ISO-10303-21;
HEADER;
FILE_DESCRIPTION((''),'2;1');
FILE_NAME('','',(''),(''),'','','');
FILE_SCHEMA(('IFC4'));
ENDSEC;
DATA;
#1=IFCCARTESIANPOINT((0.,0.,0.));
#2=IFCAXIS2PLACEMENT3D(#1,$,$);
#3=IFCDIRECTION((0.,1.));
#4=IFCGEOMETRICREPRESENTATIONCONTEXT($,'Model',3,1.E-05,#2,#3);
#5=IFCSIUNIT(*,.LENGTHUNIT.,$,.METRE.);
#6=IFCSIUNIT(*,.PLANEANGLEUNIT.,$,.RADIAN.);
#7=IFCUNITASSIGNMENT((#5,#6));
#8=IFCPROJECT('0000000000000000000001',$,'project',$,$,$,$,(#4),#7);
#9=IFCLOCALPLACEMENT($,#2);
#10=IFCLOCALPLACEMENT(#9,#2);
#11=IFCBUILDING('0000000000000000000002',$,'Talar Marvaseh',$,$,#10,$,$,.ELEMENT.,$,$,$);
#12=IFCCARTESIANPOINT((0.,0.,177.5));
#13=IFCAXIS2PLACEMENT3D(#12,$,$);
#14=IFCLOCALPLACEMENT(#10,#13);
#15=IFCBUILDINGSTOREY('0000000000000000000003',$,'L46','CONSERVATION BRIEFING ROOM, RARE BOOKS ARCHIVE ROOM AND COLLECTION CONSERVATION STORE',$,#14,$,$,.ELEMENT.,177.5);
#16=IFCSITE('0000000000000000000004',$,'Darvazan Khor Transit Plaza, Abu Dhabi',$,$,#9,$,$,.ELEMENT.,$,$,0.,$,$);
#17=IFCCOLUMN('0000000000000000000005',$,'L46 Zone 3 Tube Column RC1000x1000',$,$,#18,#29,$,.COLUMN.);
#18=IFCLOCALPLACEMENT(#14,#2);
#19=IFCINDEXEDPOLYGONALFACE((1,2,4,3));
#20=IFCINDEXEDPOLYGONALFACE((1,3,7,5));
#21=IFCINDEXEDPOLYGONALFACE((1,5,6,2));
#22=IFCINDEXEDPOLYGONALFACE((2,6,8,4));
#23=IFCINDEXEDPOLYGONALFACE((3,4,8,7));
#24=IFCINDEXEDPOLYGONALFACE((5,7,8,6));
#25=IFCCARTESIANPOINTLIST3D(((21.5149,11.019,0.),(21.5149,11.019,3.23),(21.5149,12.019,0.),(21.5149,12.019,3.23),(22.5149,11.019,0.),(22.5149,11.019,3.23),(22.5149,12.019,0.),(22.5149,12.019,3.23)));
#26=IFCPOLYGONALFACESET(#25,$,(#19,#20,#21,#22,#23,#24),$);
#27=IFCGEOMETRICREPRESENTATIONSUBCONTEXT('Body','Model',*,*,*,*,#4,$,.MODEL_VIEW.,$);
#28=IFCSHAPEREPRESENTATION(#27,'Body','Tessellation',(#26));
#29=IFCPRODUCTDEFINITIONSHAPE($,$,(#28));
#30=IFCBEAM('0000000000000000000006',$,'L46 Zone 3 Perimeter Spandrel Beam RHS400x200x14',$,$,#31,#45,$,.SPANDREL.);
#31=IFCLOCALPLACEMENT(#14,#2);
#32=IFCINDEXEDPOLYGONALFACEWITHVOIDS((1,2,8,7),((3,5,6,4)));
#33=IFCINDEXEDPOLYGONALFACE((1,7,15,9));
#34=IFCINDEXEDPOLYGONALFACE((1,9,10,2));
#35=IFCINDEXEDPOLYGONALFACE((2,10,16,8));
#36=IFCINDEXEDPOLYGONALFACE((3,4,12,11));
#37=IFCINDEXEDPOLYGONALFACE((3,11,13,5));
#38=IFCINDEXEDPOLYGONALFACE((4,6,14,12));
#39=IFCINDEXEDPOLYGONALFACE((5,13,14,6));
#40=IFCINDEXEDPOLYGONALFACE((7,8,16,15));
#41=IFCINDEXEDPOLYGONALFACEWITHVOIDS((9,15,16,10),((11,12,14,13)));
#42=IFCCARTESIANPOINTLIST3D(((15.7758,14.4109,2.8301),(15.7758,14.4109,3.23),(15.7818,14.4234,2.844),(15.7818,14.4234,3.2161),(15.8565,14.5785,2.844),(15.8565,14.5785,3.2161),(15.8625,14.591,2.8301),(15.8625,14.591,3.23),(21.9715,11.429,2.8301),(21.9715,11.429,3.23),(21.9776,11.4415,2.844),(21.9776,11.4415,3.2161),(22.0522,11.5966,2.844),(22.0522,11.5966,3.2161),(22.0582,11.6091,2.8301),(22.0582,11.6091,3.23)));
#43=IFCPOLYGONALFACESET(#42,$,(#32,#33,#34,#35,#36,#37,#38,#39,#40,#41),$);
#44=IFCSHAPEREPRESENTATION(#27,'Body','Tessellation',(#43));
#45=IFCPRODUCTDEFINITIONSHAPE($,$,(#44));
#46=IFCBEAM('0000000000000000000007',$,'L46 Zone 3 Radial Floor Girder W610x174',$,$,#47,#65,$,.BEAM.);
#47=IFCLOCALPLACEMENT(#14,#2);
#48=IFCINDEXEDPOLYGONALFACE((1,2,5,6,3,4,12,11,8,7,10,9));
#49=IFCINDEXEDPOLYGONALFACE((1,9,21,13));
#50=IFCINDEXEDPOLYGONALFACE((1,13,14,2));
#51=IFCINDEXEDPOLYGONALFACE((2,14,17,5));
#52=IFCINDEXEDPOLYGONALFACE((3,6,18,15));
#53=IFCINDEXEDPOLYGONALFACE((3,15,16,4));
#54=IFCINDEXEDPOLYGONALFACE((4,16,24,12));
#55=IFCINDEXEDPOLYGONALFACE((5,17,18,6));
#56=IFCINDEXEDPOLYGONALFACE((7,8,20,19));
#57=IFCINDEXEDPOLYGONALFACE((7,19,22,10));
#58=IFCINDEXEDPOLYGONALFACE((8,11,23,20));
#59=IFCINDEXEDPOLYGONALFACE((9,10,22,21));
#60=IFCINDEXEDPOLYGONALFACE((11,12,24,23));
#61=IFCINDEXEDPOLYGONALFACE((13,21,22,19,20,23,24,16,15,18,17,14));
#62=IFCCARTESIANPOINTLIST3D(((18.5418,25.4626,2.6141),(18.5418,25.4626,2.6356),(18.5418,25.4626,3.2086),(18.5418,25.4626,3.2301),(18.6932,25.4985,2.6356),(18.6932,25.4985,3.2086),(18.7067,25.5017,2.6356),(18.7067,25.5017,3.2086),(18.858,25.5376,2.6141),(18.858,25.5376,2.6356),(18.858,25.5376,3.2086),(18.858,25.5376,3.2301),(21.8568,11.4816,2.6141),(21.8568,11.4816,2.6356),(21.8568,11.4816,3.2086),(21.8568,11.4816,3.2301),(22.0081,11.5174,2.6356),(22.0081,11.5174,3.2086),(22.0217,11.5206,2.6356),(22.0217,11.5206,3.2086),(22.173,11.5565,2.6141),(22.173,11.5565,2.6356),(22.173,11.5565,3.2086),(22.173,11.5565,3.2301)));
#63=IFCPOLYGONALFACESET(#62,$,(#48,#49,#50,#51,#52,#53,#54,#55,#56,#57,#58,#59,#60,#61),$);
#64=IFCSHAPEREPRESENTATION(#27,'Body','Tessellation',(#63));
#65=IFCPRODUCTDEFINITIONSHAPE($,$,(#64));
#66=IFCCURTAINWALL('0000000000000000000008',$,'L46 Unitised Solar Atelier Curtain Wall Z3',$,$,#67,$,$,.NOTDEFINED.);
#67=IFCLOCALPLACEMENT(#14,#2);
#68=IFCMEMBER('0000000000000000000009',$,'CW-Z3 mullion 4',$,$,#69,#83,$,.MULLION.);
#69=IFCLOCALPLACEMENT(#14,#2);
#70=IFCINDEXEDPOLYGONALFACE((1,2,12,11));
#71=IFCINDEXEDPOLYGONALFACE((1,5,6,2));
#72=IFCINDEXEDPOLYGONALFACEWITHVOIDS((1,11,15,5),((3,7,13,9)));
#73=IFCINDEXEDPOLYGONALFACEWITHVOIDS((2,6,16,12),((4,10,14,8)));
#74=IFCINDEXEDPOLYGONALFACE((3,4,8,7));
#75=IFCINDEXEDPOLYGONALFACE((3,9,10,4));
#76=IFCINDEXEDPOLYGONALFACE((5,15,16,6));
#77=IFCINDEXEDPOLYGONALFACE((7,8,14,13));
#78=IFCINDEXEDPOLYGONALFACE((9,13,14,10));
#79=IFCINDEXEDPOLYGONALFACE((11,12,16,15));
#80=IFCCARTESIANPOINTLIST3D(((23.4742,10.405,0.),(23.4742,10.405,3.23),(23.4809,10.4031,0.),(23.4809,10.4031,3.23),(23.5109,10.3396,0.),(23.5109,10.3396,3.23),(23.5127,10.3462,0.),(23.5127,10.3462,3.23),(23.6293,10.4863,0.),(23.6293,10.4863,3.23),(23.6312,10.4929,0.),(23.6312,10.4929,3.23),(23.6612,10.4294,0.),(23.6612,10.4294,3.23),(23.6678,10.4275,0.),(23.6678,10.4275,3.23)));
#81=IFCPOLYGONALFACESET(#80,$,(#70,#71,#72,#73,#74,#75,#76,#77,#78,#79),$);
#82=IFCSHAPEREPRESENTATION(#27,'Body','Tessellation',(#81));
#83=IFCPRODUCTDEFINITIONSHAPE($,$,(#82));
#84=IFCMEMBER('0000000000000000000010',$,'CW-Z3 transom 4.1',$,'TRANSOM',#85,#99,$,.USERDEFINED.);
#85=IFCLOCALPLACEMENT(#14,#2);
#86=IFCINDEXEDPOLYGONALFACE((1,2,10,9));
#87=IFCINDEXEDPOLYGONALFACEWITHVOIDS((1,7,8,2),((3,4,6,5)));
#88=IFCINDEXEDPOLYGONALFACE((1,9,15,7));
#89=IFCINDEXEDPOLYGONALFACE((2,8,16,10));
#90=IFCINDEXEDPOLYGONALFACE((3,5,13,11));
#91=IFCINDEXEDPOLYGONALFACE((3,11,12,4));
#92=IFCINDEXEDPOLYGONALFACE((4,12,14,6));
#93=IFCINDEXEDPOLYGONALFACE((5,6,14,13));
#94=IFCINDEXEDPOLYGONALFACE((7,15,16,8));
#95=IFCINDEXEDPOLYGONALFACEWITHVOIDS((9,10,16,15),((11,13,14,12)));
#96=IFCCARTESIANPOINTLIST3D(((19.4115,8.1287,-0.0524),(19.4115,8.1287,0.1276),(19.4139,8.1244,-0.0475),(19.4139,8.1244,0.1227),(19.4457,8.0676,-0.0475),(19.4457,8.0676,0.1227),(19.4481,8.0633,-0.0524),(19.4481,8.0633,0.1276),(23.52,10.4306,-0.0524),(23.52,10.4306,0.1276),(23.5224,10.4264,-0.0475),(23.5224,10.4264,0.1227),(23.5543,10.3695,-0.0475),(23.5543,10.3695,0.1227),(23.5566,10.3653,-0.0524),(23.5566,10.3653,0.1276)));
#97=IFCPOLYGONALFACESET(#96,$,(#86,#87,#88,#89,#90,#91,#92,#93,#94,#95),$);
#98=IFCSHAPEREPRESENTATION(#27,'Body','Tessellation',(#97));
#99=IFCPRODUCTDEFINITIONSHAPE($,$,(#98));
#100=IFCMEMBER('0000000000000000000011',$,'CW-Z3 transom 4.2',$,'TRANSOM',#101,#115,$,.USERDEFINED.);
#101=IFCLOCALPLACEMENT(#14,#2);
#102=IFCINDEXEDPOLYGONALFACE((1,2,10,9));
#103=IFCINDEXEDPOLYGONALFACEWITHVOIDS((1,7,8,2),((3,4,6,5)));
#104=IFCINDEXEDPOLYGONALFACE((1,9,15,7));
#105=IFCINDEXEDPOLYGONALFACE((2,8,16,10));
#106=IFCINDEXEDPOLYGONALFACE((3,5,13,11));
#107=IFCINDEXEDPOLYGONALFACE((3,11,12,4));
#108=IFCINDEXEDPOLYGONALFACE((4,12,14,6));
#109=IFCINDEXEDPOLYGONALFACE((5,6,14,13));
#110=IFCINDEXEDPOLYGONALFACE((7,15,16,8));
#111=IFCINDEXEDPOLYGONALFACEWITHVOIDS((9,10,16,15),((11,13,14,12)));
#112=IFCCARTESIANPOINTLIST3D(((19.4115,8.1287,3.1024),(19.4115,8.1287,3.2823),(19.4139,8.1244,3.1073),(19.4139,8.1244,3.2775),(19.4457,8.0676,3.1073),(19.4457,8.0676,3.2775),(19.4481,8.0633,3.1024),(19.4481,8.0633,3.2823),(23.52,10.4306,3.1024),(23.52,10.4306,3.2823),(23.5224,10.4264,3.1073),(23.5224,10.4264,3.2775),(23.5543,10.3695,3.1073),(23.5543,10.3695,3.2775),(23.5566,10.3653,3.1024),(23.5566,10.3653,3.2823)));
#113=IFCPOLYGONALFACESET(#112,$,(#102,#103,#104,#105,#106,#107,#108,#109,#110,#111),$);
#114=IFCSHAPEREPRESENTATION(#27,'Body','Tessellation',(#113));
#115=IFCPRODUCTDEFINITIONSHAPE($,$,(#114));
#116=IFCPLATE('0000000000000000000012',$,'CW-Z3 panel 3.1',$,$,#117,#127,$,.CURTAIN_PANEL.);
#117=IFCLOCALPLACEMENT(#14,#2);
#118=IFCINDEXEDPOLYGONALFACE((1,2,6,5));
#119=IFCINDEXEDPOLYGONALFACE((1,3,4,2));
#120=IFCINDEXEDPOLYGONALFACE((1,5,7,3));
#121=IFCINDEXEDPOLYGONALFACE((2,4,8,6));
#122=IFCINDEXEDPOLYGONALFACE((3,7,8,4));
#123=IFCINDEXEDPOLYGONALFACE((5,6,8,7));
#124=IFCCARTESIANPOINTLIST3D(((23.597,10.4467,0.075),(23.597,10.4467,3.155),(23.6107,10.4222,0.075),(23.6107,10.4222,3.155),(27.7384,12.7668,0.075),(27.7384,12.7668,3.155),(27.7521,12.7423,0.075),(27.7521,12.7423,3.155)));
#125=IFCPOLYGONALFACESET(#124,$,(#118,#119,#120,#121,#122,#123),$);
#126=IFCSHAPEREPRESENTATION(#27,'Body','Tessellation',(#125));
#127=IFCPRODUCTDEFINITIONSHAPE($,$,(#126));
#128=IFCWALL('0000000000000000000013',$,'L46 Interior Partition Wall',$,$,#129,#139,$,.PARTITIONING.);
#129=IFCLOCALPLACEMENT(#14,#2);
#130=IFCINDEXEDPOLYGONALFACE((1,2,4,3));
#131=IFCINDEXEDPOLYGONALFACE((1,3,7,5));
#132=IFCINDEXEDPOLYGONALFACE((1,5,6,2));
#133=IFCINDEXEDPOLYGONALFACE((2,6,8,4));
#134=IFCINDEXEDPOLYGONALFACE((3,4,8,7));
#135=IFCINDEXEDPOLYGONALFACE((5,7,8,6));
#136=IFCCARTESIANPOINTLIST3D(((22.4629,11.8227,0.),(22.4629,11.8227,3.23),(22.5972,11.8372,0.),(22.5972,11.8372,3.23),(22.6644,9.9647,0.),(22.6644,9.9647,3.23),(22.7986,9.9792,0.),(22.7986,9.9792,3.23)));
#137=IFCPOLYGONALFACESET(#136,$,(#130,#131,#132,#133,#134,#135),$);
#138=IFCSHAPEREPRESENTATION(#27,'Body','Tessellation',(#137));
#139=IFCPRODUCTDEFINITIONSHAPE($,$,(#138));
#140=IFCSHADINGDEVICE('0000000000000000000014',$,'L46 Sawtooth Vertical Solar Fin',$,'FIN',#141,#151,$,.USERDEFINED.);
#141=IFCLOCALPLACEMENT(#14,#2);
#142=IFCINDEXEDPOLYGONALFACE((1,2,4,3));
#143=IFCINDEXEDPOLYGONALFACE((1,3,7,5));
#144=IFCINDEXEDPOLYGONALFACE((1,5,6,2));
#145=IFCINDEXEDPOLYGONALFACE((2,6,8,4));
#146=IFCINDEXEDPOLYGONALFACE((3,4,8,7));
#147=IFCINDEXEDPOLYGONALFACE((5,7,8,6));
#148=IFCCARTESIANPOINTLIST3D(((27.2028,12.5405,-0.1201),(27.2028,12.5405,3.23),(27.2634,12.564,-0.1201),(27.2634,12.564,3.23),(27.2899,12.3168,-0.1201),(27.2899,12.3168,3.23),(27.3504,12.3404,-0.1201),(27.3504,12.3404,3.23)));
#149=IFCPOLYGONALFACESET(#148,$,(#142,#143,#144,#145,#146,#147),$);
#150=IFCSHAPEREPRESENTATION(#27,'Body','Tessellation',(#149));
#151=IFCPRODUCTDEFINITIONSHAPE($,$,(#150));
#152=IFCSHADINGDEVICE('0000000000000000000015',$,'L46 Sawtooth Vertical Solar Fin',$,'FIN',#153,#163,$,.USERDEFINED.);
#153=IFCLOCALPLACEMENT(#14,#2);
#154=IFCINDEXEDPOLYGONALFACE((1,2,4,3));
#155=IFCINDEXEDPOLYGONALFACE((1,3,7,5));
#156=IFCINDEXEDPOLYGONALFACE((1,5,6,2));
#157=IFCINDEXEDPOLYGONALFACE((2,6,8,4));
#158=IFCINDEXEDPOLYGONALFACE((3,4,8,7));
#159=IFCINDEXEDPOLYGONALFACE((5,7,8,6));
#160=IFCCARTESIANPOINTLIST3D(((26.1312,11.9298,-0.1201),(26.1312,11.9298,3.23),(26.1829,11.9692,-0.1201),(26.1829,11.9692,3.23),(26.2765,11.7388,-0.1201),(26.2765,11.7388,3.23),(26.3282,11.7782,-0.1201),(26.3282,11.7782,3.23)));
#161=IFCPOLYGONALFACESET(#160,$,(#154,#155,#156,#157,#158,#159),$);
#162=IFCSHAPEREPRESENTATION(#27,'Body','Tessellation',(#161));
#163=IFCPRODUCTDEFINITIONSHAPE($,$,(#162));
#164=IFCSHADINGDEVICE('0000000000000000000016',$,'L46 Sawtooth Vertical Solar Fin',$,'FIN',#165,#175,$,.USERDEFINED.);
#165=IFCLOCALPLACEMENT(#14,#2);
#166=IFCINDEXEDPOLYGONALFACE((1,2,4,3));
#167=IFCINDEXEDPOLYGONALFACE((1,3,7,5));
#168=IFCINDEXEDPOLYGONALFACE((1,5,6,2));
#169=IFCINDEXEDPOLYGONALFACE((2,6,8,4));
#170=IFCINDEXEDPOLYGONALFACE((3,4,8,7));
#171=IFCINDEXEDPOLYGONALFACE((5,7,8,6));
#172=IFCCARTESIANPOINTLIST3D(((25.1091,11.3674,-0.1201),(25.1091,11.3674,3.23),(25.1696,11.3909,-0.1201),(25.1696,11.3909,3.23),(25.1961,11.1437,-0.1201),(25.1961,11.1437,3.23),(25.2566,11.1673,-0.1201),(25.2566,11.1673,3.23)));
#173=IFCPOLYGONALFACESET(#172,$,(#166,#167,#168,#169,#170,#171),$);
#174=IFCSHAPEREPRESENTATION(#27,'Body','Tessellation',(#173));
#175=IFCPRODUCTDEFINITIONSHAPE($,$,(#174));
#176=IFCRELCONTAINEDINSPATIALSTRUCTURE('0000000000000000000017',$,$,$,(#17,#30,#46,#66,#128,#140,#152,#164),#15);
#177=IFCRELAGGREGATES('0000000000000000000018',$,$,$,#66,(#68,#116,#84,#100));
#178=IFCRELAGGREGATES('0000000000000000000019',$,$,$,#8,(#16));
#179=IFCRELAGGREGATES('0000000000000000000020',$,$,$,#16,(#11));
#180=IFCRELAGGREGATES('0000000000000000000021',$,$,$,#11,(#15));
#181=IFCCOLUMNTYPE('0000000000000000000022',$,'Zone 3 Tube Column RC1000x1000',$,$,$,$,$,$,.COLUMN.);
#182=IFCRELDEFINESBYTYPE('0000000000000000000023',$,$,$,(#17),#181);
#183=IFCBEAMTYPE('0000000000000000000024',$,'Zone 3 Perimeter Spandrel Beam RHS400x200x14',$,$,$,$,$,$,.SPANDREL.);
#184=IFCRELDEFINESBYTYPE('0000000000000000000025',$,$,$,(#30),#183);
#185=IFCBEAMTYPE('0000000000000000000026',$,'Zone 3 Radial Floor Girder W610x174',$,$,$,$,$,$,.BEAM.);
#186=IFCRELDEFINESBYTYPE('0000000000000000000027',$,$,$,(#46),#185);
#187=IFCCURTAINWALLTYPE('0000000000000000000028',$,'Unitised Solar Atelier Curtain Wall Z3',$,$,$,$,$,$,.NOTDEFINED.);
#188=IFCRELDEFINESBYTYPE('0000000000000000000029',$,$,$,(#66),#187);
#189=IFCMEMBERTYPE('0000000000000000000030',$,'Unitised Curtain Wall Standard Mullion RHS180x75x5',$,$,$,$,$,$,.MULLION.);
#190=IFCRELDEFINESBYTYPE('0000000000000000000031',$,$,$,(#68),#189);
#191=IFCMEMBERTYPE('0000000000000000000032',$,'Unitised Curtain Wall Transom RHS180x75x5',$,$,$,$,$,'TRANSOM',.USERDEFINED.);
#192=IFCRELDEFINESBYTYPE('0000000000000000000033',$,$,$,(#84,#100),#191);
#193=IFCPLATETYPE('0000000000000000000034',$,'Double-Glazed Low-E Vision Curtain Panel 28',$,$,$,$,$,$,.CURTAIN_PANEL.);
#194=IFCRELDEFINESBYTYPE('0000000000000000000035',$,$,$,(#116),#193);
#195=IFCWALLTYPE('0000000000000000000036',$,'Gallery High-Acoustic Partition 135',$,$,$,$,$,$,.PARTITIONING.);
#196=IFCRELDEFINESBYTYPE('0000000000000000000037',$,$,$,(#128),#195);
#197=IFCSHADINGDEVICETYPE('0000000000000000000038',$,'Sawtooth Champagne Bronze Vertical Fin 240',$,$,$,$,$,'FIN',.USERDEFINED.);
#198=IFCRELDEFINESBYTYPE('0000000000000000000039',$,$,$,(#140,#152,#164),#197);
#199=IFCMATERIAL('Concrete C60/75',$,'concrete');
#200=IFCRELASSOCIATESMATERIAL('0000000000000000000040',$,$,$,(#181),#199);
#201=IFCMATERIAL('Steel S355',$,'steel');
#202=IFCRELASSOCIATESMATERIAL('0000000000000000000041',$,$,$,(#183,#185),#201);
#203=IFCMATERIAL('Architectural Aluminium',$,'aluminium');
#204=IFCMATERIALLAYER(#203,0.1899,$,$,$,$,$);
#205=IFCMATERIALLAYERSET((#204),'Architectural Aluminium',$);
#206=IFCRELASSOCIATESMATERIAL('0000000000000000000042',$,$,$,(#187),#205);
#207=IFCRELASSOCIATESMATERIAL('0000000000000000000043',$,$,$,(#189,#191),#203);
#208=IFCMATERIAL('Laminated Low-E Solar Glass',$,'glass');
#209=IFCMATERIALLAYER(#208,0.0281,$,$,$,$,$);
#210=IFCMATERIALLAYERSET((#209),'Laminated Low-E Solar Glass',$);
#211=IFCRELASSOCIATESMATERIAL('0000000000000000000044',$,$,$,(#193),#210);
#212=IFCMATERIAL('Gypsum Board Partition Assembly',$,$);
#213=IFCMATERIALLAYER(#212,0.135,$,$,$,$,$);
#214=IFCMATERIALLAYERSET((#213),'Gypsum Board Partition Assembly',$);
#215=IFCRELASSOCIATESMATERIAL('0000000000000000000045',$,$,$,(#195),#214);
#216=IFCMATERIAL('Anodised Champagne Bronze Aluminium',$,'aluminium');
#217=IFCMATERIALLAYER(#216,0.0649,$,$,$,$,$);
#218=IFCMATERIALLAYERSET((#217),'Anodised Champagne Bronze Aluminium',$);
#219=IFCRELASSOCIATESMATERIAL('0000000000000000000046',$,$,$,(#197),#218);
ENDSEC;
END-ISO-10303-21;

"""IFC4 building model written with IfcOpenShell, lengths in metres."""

from ifc_helpers import new_model, si_unit, direction, frame, frame_2d, origin, origin_2d, place, context, subcontext, project, spatial, rectangle, hollow_rectangle, i_section, extrude, source, transform, mapped, material, layer, layer_set, material_profile, profile_set, type_object, type_shapes, element, aggregate, save


model = new_model("IFC4")

# Units and contexts
model_context = context("Model", 3, precision=1e-05, world=origin(), true_north=direction((0.0, 1.0)))
body_context = subcontext(model_context, "Body", "Model", "MODEL_VIEW")
ifc_project = project(units=[si_unit("LENGTHUNIT", "METRE"), si_unit("PLANEANGLEUNIT", "RADIAN")], contexts=[model_context])

# Site, building, storey
site_placement = place(None, origin())
site = spatial("IfcSite", under=ifc_project, at=site_placement, Name="Darvazan Khor Transit Plaza, Abu Dhabi", CompositionType="ELEMENT", RefElevation=0.0)
building_placement = place(site_placement, origin())
building = spatial("IfcBuilding", under=site, at=building_placement, Name="Talar Marvaseh", CompositionType="ELEMENT")
storey_placement = place(building_placement, frame((0.0, 0.0, 177.5)))
storey = spatial("IfcBuildingStorey", under=building, at=storey_placement, Name="L46", Description="CONSERVATION BRIEFING ROOM, RARE BOOKS ARCHIVE ROOM AND COLLECTION CONSERVATION STORE", CompositionType="ELEMENT", Elevation=177.5)

# Column
ifc_material_1 = material(Name="Concrete C60/75", Category="concrete")
ifc_material_profile_1 = material_profile(ifc_material_1, rectangle(XDim=1.0, YDim=1.0, at=origin_2d()), Name="RC1000x1000")
ifc_profile_set_1 = profile_set([ifc_material_profile_1], Name="Concrete C60/75")
column_type = type_object("IfcColumnType", Name="Zone 3 Tube Column RC1000x1000", PredefinedType="COLUMN", material=ifc_profile_set_1)
column_placement = place(storey_placement, frame((22.0149, 11.519, 0.0), z_axis=(0.0, 0.0, 1.0), x_axis=(1.0, 0.0, 0.0)))
element("IfcColumn", 1, at=column_placement, inside=storey, type_object=column_type, Name="L46 Zone 3 Tube Column RC1000x1000", PredefinedType="COLUMN", context=body_context, shape_type="SweptSolid", body=[
    extrude(rectangle(XDim=1.0, YDim=1.0, at=origin_2d()), origin(), (0.0, 0.0, 1.0), 3.23),
])

# Beams
ifc_material_2 = material(Name="Steel S355", Category="steel")
ifc_material_profile_2 = material_profile(ifc_material_2, hollow_rectangle(XDim=0.2, YDim=0.3999, WallThickness=0.0139, at=origin_2d()), Name="RHS400x200x14")
ifc_profile_set_2 = profile_set([ifc_material_profile_2], Name="Steel S355")
beam_type_1 = type_object("IfcBeamType", Name="Zone 3 Perimeter Spandrel Beam RHS400x200x14", PredefinedType="SPANDREL", material=ifc_profile_set_2)
beam_1_placement = place(storey_placement, frame((22.0149, 11.519, 3.03), z_axis=(-0.901072, 0.43367, 0.0), x_axis=(-0.43367, -0.901072, 0.0)))
element("IfcBeam", 2, at=beam_1_placement, inside=storey, type_object=beam_type_1, Name="L46 Zone 3 Perimeter Spandrel Beam RHS400x200x14", PredefinedType="SPANDREL", context=body_context, shape_type="SweptSolid", body=[
    extrude(hollow_rectangle(XDim=0.2, YDim=0.3999, WallThickness=0.0139, at=origin_2d()), origin(), (0.0, 0.0, 1.0), 6.876),
])
ifc_material_profile_3 = material_profile(ifc_material_2, i_section(OverallWidth=0.325, OverallDepth=0.616, WebThickness=0.0139, FlangeThickness=0.0215, at=origin_2d()), Name="W610x174")
ifc_profile_set_3 = profile_set([ifc_material_profile_3], Name="Steel S355")
beam_type_2 = type_object("IfcBeamType", Name="Zone 3 Radial Floor Girder W610x174", PredefinedType="BEAM", material=ifc_profile_set_3)
beam_2_placement = place(storey_placement, frame((22.0149, 11.519, 2.9221), z_axis=(-0.230708, 0.973023, 0.0), x_axis=(-0.973023, -0.230708, 0.0)))
element("IfcBeam", 3, at=beam_2_placement, inside=storey, type_object=beam_type_2, Name="L46 Zone 3 Radial Floor Girder W610x174", PredefinedType="BEAM", context=body_context, shape_type="SweptSolid", body=[
    extrude(i_section(OverallWidth=0.325, OverallDepth=0.616, WebThickness=0.0139, FlangeThickness=0.0215, at=origin_2d()), origin(), (0.0, 0.0, 1.0), 14.3687),
])

# Curtain wall, members, plate
ifc_material_3 = material(Name="Architectural Aluminium", Category="aluminium")
ifc_layer_1 = layer(ifc_material_3, 0.1899)
ifc_layer_set_1 = layer_set([ifc_layer_1], Name="Architectural Aluminium")
curtain_wall_type = type_object("IfcCurtainWallType", Name="Unitised Solar Atelier Curtain Wall Z3", PredefinedType="NOTDEFINED", material=ifc_layer_set_1)
curtain_wall_placement = place(storey_placement, origin())
curtain_wall = element("IfcCurtainWall", 4, at=curtain_wall_placement, inside=storey, type_object=curtain_wall_type, Name="L46 Unitised Solar Atelier Curtain Wall Z3", PredefinedType="NOTDEFINED")
ifc_material_profile_4 = material_profile(ifc_material_3, hollow_rectangle(XDim=0.075, YDim=0.1799, WallThickness=0.0049, at=origin_2d()), Name="RHS180x75x5")
ifc_profile_set_4 = profile_set([ifc_material_profile_4], Name="Architectural Aluminium")
member_type_1 = type_object("IfcMemberType", Name="Unitised Curtain Wall Standard Mullion RHS180x75x5", PredefinedType="MULLION", material=ifc_profile_set_4)
shared_shape_1 = source(origin(), body_context, "Body", "SweptSolid", [
    extrude(hollow_rectangle(XDim=0.075, YDim=0.1799, WallThickness=0.0049, at=origin_2d()), origin(), (0.0, 0.0, 1.0), 3.23),
])
type_shapes(member_type_1, [shared_shape_1])
member_1_placement = place(storey_placement, frame((23.571, 10.4163, 0.0), z_axis=(0.0, 0.0, 1.0), x_axis=(0.488756, -0.872421, 0.0)))
member_1 = element("IfcMember", 5, at=member_1_placement, type_object=member_type_1, Name="CW-Z3 mullion 4", PredefinedType="MULLION", context=body_context, shape_type="MappedRepresentation", body=[
    mapped(shared_shape_1, transform((0.0, 0.0, 0.0), x_axis=(1.0, 0.0, 0.0), y_axis=(0.0, 1.0, 0.0), z_axis=(0.0, 0.0, 1.0), scale=1.0)),
])
ifc_material_profile_5 = material_profile(ifc_material_3, hollow_rectangle(XDim=0.075, YDim=0.1799, WallThickness=0.0049, at=origin_2d()), Name="RHS180x75x5")
ifc_profile_set_5 = profile_set([ifc_material_profile_5], Name="Architectural Aluminium")
member_type_2 = type_object("IfcMemberType", Name="Unitised Curtain Wall Transom RHS180x75x5", ElementType="TRANSOM", PredefinedType="USERDEFINED", material=ifc_profile_set_5)
shared_shape_2 = source(origin(), body_context, "Body", "SweptSolid", [
    extrude(hollow_rectangle(XDim=0.075, YDim=0.1799, WallThickness=0.0049, at=origin_2d()), origin(), (0.0, 0.0, 1.0), 4.7095),
])
type_shapes(member_type_2, [shared_shape_2])
member_2_placement = place(storey_placement, frame((23.5383, 10.3979, 0.0376), z_axis=(-0.872401, -0.488791, 0.0), x_axis=(0.488791, -0.872401, 0.0)))
member_2 = element("IfcMember", 6, at=member_2_placement, type_object=member_type_2, Name="CW-Z3 transom 4.1", ObjectType="TRANSOM", PredefinedType="USERDEFINED", context=body_context, shape_type="MappedRepresentation", body=[
    mapped(shared_shape_2, transform((0.0, 0.0, 0.0), x_axis=(1.0, 0.0, 0.0), y_axis=(0.0, 1.0, 0.0), z_axis=(0.0, 0.0, 1.0), scale=1.0)),
])
member_3_placement = place(storey_placement, frame((23.5383, 10.3979, 3.1924), z_axis=(-0.872401, -0.488791, 0.0), x_axis=(0.488791, -0.872401, 0.0)))
member_3 = element("IfcMember", 7, at=member_3_placement, type_object=member_type_2, Name="CW-Z3 transom 4.2", ObjectType="TRANSOM", PredefinedType="USERDEFINED", context=body_context, shape_type="MappedRepresentation", body=[
    mapped(shared_shape_2, transform((0.0, 0.0, 0.0), x_axis=(1.0, 0.0, 0.0), y_axis=(0.0, 1.0, 0.0), z_axis=(0.0, 0.0, 1.0), scale=1.0)),
])
ifc_material_4 = material(Name="Laminated Low-E Solar Glass", Category="glass")
ifc_layer_2 = layer(ifc_material_4, 0.0281)
ifc_layer_set_2 = layer_set([ifc_layer_2], Name="Laminated Low-E Solar Glass")
plate_type = type_object("IfcPlateType", Name="Double-Glazed Low-E Vision Curtain Panel 28", PredefinedType="CURTAIN_PANEL", material=ifc_layer_set_2)
shared_shape_3 = source(origin(), body_context, "Body", "SweptSolid", [
    extrude(rectangle(XDim=4.7471, YDim=0.0281, at=origin_2d()), origin(), (0.0, 0.0, 1.0), 3.0801),
])
type_shapes(plate_type, [shared_shape_3])
plate_placement = place(storey_placement, frame((25.6746, 11.5945, 0.075), z_axis=(0.0, 0.0, 1.0), x_axis=(-0.872421, -0.488756, 0.0)))
plate = element("IfcPlate", 8, at=plate_placement, type_object=plate_type, Name="CW-Z3 panel 3.1", PredefinedType="CURTAIN_PANEL", context=body_context, shape_type="MappedRepresentation", body=[
    mapped(shared_shape_3, transform((0.0, 0.0, 0.0), x_axis=(1.0, 0.0, 0.0), y_axis=(0.0, 1.0, 0.0), z_axis=(0.0, 0.0, 1.0), scale=1.0)),
])
aggregate(curtain_wall, [member_1, plate, member_2, member_3])

# Wall
ifc_material_5 = material(Name="Gypsum Board Partition Assembly")
ifc_layer_3 = layer(ifc_material_5, 0.135)
ifc_layer_set_3 = layer_set([ifc_layer_3], Name="Gypsum Board Partition Assembly")
wall_type = type_object("IfcWallType", Name="Gallery High-Acoustic Partition 135", PredefinedType="PARTITIONING", material=ifc_layer_set_3)
wall_placement = place(storey_placement, frame((22.53, 11.8301, 0.0), z_axis=(0.0, 0.0, 1.0), x_axis=(0.107778, -0.994175, 0.0)))
element("IfcWall", 9, at=wall_placement, inside=storey, type_object=wall_type, Name="L46 Interior Partition Wall", PredefinedType="PARTITIONING", context=body_context, shape_type="SweptSolid", body=[
    extrude(rectangle(XDim=1.8689, YDim=0.135, at=frame_2d((0.9346, 0.0))), origin(), (0.0, 0.0, 1.0), 3.23),
])

# Shading devices
ifc_material_6 = material(Name="Anodised Champagne Bronze Aluminium", Category="aluminium")
ifc_layer_4 = layer(ifc_material_6, 0.0649)
ifc_layer_set_4 = layer_set([ifc_layer_4], Name="Anodised Champagne Bronze Aluminium")
shading_device_type = type_object("IfcShadingDeviceType", Name="Sawtooth Champagne Bronze Vertical Fin 240", ElementType="FIN", PredefinedType="USERDEFINED", material=ifc_layer_set_4)
shared_shape_4 = source(origin(), body_context, "Body", "SweptSolid", [
    extrude(rectangle(XDim=0.24, YDim=0.0649, at=origin_2d()), origin(), (0.0, 0.0, 1.0), 3.3501),
])
type_shapes(shading_device_type, [shared_shape_4])
for number, where, z_axis, x_axis, name in (
    (10, (27.2766, 12.4404, -0.1201), (0.0, 0.0, 1.0), (0.362601, -0.931945, 0.0), "L46 Sawtooth Vertical Solar Fin"),
    (11, (26.2297, 11.854, -0.1201), (0.0, 0.0, 1.0), (0.605433, -0.795896, 0.0), "L46 Sawtooth Vertical Solar Fin"),
    (12, (25.1829, 11.2673, -0.1201), (0.0, 0.0, 1.0), (0.362601, -0.931945, 0.0), "L46 Sawtooth Vertical Solar Fin"),
):
    element("IfcShadingDevice", number, at=place(storey_placement, frame(where, z_axis=z_axis, x_axis=x_axis)), inside=storey, type_object=shading_device_type, Name=name, ObjectType="FIN", PredefinedType="USERDEFINED", context=body_context, shape_type="MappedRepresentation", body=[
        mapped(shared_shape_4, transform((0.0, 0.0, 0.0), x_axis=(1.0, 0.0, 0.0), y_axis=(0.0, 1.0, 0.0), z_axis=(0.0, 0.0, 1.0), scale=1.0)),
    ])

save(model, "model.ifc")
